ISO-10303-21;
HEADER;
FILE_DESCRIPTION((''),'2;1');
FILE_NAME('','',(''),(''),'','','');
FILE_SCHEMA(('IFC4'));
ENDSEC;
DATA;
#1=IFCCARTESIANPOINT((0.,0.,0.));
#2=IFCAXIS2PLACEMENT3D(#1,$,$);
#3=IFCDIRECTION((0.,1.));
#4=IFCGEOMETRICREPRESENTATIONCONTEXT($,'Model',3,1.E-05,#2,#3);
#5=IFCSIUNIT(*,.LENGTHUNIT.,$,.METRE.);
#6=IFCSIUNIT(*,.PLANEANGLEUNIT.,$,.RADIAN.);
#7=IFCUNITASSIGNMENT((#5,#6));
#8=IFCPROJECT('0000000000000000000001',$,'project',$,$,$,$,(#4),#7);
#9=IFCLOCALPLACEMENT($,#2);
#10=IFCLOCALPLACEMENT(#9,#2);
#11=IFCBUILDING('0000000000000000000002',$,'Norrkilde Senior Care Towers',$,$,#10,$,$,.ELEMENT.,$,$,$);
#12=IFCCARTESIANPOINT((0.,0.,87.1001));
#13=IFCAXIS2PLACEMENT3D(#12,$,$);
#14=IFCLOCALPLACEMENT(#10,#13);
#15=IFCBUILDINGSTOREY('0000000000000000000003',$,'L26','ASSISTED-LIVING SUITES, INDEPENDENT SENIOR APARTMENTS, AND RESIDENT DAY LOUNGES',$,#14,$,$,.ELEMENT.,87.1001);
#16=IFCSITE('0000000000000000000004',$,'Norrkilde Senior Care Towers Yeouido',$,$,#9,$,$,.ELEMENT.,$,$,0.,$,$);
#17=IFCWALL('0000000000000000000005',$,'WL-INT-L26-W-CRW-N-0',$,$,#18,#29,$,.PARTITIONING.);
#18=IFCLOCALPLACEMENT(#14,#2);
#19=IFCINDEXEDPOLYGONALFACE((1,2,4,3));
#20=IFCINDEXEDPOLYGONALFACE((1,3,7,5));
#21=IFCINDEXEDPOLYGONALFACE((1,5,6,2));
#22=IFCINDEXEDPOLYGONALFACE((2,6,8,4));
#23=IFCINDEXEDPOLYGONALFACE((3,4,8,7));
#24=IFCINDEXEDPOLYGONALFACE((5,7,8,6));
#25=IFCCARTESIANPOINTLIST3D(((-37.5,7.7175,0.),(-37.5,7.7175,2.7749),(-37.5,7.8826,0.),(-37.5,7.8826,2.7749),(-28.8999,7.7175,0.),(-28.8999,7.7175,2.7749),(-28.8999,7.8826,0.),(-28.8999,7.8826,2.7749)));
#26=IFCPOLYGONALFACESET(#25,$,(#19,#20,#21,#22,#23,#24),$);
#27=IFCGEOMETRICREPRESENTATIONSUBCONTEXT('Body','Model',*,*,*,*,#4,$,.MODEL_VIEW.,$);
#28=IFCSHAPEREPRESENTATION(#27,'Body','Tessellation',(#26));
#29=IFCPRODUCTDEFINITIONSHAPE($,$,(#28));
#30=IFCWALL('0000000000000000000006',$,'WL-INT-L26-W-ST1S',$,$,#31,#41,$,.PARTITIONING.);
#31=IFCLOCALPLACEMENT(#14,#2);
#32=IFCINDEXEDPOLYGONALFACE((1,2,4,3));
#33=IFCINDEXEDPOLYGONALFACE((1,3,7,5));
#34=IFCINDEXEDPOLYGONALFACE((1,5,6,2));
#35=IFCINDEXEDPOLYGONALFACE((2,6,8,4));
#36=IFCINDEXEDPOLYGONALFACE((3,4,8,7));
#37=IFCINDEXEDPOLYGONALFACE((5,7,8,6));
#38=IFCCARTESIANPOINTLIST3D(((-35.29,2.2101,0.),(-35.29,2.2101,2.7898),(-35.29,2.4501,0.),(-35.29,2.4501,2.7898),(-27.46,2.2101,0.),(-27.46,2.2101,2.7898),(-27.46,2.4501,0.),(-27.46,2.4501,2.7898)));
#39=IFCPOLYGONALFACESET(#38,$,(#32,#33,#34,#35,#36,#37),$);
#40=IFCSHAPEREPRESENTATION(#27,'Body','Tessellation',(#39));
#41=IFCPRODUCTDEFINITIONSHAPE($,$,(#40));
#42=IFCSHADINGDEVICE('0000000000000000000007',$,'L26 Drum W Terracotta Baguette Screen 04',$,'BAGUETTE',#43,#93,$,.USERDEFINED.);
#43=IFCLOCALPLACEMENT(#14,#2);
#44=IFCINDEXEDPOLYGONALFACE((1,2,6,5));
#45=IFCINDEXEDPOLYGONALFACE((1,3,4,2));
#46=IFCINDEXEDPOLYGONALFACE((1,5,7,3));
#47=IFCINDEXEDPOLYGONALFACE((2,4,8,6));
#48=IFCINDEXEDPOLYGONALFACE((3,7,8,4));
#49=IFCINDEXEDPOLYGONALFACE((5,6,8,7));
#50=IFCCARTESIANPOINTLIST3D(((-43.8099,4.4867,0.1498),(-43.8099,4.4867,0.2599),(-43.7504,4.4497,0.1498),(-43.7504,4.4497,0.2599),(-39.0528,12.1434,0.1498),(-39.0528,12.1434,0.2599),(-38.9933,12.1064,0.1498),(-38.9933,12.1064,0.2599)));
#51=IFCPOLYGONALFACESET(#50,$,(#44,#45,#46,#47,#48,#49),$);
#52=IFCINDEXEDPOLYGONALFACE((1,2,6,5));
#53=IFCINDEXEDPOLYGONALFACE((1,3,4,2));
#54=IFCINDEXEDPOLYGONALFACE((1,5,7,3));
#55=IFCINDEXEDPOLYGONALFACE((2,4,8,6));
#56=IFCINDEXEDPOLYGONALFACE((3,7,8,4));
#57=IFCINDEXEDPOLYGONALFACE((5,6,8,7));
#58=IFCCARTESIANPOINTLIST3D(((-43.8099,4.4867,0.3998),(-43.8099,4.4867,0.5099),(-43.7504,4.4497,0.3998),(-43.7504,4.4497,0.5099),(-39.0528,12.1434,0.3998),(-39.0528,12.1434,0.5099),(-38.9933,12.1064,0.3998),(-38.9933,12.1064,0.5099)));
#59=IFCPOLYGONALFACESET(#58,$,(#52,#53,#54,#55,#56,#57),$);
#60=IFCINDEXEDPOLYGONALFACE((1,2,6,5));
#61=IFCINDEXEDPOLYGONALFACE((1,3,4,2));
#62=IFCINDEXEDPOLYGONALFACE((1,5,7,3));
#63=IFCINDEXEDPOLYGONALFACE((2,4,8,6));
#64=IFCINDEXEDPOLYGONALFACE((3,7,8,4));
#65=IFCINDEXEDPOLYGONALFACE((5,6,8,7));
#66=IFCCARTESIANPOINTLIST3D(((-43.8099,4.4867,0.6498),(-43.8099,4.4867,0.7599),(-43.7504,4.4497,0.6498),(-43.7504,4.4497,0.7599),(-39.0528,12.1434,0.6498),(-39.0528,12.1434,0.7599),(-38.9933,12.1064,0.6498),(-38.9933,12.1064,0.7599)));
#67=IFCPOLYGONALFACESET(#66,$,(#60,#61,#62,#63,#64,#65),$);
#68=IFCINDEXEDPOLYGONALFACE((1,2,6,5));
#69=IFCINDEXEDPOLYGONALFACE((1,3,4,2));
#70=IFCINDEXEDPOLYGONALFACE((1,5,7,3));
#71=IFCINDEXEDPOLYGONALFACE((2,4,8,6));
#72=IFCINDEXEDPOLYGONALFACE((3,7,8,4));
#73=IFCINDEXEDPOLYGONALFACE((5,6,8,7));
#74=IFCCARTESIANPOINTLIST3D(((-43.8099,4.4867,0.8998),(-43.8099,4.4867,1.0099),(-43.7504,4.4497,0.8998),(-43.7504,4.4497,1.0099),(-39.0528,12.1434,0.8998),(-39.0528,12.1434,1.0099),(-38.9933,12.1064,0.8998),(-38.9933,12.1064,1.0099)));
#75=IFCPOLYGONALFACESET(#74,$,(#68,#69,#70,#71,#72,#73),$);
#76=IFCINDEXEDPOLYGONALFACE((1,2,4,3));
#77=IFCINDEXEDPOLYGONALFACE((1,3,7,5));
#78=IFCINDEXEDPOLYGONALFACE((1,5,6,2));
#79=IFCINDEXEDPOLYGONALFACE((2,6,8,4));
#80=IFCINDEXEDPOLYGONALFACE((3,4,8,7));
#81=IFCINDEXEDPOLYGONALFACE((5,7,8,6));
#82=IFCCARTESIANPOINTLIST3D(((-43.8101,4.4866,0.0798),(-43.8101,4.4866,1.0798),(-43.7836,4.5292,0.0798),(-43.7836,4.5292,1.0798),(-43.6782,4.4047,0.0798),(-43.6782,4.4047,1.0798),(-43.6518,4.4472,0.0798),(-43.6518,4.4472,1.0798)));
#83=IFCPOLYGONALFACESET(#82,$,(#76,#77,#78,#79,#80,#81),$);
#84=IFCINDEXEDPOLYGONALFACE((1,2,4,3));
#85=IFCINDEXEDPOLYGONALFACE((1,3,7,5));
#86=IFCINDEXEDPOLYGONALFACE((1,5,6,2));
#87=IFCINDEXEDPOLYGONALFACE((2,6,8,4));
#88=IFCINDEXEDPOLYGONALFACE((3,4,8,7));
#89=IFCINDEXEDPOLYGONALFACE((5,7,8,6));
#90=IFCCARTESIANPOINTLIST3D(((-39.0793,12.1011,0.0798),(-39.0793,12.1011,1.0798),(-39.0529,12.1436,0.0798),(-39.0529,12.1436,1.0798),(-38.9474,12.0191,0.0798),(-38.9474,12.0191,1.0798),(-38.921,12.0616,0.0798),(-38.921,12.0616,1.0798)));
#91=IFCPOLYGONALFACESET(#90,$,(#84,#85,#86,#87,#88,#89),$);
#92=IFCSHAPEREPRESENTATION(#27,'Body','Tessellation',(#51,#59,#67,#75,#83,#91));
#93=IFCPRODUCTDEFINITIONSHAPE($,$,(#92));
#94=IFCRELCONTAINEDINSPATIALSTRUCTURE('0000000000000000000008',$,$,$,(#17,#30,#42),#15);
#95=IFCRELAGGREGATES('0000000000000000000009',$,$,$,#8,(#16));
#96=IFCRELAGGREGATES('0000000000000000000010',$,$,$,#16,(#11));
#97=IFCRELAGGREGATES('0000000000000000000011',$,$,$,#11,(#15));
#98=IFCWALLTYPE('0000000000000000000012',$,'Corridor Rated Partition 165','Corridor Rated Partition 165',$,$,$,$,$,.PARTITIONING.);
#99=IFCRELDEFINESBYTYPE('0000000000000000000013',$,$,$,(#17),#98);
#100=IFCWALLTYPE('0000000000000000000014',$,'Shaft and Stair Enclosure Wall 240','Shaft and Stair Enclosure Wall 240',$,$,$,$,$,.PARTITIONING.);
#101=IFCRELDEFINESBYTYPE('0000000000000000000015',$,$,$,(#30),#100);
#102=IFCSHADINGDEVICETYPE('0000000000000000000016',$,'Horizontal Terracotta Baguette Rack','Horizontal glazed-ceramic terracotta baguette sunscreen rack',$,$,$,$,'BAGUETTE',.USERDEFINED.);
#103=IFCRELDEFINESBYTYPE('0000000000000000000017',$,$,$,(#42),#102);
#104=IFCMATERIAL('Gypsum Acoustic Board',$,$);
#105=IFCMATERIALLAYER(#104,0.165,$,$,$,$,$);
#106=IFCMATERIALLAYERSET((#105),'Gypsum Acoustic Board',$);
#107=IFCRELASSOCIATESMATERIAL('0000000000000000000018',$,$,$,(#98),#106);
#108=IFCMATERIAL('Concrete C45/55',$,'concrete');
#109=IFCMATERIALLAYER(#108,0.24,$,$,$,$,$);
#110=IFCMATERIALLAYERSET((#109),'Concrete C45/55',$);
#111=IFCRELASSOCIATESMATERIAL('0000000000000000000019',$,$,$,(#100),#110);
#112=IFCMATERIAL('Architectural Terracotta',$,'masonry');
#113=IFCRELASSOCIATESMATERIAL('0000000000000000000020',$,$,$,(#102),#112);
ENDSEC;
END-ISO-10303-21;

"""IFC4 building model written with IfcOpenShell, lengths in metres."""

from ifc_helpers import new_model, si_unit, direction, frame, frame_2d, origin, origin_2d, place, context, subcontext, project, spatial, rectangle, extrude, source, transform, mapped, material, layer, layer_set, type_object, type_shapes, element, save


model = new_model("IFC4")

# Units and contexts
model_context = context("Model", 3, precision=1e-05, world=origin(), true_north=direction((0.0, 1.0)))
body_context = subcontext(model_context, "Body", "Model", "MODEL_VIEW")
ifc_project = project(units=[si_unit("LENGTHUNIT", "METRE"), si_unit("PLANEANGLEUNIT", "RADIAN")], contexts=[model_context])

# Site, building, storey
site_placement = place(None, origin())
site = spatial("IfcSite", under=ifc_project, at=site_placement, Name="Norrkilde Senior Care Towers Yeouido", CompositionType="ELEMENT", RefElevation=0.0)
building_placement = place(site_placement, origin())
building = spatial("IfcBuilding", under=site, at=building_placement, Name="Norrkilde Senior Care Towers", CompositionType="ELEMENT")
storey_placement = place(building_placement, frame((0.0, 0.0, 87.1001)))
storey = spatial("IfcBuildingStorey", under=building, at=storey_placement, Name="L26", Description="ASSISTED-LIVING SUITES, INDEPENDENT SENIOR APARTMENTS, AND RESIDENT DAY LOUNGES", CompositionType="ELEMENT", Elevation=87.1001)

# Shared definitions
ifc_material_1 = material(Name="Concrete C45/55", Category="concrete")

# Walls
ifc_material_2 = material(Name="Gypsum Acoustic Board")
ifc_layer_1 = layer(ifc_material_2, 0.165)
ifc_layer_set_1 = layer_set([ifc_layer_1], Name="Gypsum Acoustic Board")
wall_type_1 = type_object("IfcWallType", Name="Corridor Rated Partition 165", Description="Corridor Rated Partition 165", PredefinedType="PARTITIONING", material=ifc_layer_set_1)
shared_shape_1 = source(origin(), body_context, "Body", "SweptSolid", [
    extrude(rectangle(XDim=8.6001, YDim=0.165, at=frame_2d((4.3, 0.0))), origin(), (0.0, 0.0, 1.0), 2.7749),
])
type_shapes(wall_type_1, [shared_shape_1])
wall_1_placement = place(storey_placement, frame((-37.5, 7.8, 0.0), z_axis=(0.0, 0.0, 1.0), x_axis=(1.0, 0.0, 0.0)))
element("IfcWall", 1, at=wall_1_placement, inside=storey, type_object=wall_type_1, Name="WL-INT-L26-W-CRW-N-0", PredefinedType="PARTITIONING", context=body_context, shape_type="MappedRepresentation", body=[
    mapped(shared_shape_1, transform((0.0, 0.0, 0.0), x_axis=(1.0, 0.0, 0.0), y_axis=(0.0, 1.0, 0.0), z_axis=(0.0, 0.0, 1.0), scale=1.0)),
])
ifc_layer_2 = layer(ifc_material_1, 0.24)
ifc_layer_set_2 = layer_set([ifc_layer_2], Name="Concrete C45/55")
wall_type_2 = type_object("IfcWallType", Name="Shaft and Stair Enclosure Wall 240", Description="Shaft and Stair Enclosure Wall 240", PredefinedType="PARTITIONING", material=ifc_layer_set_2)
shared_shape_2 = source(origin(), body_context, "Body", "SweptSolid", [
    extrude(rectangle(XDim=7.8301, YDim=0.24, at=frame_2d((3.915, 0.0))), origin(), (0.0, 0.0, 1.0), 2.7898),
])
type_shapes(wall_type_2, [shared_shape_2])
wall_2_placement = place(storey_placement, frame((-35.29, 2.3301, 0.0), z_axis=(0.0, 0.0, 1.0), x_axis=(1.0, 0.0, 0.0)))
element("IfcWall", 2, at=wall_2_placement, inside=storey, type_object=wall_type_2, Name="WL-INT-L26-W-ST1S", PredefinedType="PARTITIONING", context=body_context, shape_type="MappedRepresentation", body=[
    mapped(shared_shape_2, transform((0.0, 0.0, 0.0), x_axis=(1.0, 0.0, 0.0), y_axis=(0.0, 1.0, 0.0), z_axis=(0.0, 0.0, 1.0), scale=1.0)),
])

# Shading device
ifc_material_3 = material(Name="Architectural Terracotta", Category="masonry")
shading_device_type = type_object("IfcShadingDeviceType", Name="Horizontal Terracotta Baguette Rack", Description="Horizontal glazed-ceramic terracotta baguette sunscreen rack", ElementType="BAGUETTE", PredefinedType="USERDEFINED", material=ifc_material_3)
shared_shape_3 = source(origin(), body_context, "Body", "SweptSolid", [
    extrude(rectangle(XDim=0.0701, YDim=0.1101, at=origin_2d()), frame((0.0, 0.0901, 0.125), z_axis=(1.0, 0.0, 0.0), x_axis=(0.0, 1.0, 0.0)), (0.0, 0.0, 1.0), 9.0142),
    extrude(rectangle(XDim=0.0701, YDim=0.1101, at=origin_2d()), frame((0.0, 0.0901, 0.375), z_axis=(1.0, 0.0, 0.0), x_axis=(0.0, 1.0, 0.0)), (0.0, 0.0, 1.0), 9.0142),
    extrude(rectangle(XDim=0.0701, YDim=0.1101, at=origin_2d()), frame((0.0, 0.0901, 0.625), z_axis=(1.0, 0.0, 0.0), x_axis=(0.0, 1.0, 0.0)), (0.0, 0.0, 1.0), 9.0142),
    extrude(rectangle(XDim=0.0701, YDim=0.1101, at=origin_2d()), frame((0.0, 0.0901, 0.875), z_axis=(1.0, 0.0, 0.0), x_axis=(0.0, 1.0, 0.0)), (0.0, 0.0, 1.0), 9.0142),
    extrude(rectangle(XDim=0.05, YDim=0.1553, at=origin_2d()), frame((0.0249, 0.0476, 0.0)), (0.0, 0.0, 1.0), 1.0),
    extrude(rectangle(XDim=0.05, YDim=0.1553, at=origin_2d()), frame((8.9893, 0.0476, 0.0)), (0.0, 0.0, 1.0), 1.0),
])
type_shapes(shading_device_type, [shared_shape_3])
shading_device_placement = place(storey_placement, frame((-43.7036, 4.4207, 0.0798), z_axis=(0.0, 0.0, 1.0), x_axis=(0.527734, 0.849412, 0.0)))
element("IfcShadingDevice", 3, at=shading_device_placement, inside=storey, type_object=shading_device_type, Name="L26 Drum W Terracotta Baguette Screen 04", ObjectType="BAGUETTE", PredefinedType="USERDEFINED", context=body_context, shape_type="MappedRepresentation", body=[
    mapped(shared_shape_3, transform((0.0, 0.0, 0.0), x_axis=(1.0, 0.0, 0.0), y_axis=(0.0, 1.0, 0.0), z_axis=(0.0, 0.0, 1.0), scale=1.0)),
])

save(model, "model.ifc")
